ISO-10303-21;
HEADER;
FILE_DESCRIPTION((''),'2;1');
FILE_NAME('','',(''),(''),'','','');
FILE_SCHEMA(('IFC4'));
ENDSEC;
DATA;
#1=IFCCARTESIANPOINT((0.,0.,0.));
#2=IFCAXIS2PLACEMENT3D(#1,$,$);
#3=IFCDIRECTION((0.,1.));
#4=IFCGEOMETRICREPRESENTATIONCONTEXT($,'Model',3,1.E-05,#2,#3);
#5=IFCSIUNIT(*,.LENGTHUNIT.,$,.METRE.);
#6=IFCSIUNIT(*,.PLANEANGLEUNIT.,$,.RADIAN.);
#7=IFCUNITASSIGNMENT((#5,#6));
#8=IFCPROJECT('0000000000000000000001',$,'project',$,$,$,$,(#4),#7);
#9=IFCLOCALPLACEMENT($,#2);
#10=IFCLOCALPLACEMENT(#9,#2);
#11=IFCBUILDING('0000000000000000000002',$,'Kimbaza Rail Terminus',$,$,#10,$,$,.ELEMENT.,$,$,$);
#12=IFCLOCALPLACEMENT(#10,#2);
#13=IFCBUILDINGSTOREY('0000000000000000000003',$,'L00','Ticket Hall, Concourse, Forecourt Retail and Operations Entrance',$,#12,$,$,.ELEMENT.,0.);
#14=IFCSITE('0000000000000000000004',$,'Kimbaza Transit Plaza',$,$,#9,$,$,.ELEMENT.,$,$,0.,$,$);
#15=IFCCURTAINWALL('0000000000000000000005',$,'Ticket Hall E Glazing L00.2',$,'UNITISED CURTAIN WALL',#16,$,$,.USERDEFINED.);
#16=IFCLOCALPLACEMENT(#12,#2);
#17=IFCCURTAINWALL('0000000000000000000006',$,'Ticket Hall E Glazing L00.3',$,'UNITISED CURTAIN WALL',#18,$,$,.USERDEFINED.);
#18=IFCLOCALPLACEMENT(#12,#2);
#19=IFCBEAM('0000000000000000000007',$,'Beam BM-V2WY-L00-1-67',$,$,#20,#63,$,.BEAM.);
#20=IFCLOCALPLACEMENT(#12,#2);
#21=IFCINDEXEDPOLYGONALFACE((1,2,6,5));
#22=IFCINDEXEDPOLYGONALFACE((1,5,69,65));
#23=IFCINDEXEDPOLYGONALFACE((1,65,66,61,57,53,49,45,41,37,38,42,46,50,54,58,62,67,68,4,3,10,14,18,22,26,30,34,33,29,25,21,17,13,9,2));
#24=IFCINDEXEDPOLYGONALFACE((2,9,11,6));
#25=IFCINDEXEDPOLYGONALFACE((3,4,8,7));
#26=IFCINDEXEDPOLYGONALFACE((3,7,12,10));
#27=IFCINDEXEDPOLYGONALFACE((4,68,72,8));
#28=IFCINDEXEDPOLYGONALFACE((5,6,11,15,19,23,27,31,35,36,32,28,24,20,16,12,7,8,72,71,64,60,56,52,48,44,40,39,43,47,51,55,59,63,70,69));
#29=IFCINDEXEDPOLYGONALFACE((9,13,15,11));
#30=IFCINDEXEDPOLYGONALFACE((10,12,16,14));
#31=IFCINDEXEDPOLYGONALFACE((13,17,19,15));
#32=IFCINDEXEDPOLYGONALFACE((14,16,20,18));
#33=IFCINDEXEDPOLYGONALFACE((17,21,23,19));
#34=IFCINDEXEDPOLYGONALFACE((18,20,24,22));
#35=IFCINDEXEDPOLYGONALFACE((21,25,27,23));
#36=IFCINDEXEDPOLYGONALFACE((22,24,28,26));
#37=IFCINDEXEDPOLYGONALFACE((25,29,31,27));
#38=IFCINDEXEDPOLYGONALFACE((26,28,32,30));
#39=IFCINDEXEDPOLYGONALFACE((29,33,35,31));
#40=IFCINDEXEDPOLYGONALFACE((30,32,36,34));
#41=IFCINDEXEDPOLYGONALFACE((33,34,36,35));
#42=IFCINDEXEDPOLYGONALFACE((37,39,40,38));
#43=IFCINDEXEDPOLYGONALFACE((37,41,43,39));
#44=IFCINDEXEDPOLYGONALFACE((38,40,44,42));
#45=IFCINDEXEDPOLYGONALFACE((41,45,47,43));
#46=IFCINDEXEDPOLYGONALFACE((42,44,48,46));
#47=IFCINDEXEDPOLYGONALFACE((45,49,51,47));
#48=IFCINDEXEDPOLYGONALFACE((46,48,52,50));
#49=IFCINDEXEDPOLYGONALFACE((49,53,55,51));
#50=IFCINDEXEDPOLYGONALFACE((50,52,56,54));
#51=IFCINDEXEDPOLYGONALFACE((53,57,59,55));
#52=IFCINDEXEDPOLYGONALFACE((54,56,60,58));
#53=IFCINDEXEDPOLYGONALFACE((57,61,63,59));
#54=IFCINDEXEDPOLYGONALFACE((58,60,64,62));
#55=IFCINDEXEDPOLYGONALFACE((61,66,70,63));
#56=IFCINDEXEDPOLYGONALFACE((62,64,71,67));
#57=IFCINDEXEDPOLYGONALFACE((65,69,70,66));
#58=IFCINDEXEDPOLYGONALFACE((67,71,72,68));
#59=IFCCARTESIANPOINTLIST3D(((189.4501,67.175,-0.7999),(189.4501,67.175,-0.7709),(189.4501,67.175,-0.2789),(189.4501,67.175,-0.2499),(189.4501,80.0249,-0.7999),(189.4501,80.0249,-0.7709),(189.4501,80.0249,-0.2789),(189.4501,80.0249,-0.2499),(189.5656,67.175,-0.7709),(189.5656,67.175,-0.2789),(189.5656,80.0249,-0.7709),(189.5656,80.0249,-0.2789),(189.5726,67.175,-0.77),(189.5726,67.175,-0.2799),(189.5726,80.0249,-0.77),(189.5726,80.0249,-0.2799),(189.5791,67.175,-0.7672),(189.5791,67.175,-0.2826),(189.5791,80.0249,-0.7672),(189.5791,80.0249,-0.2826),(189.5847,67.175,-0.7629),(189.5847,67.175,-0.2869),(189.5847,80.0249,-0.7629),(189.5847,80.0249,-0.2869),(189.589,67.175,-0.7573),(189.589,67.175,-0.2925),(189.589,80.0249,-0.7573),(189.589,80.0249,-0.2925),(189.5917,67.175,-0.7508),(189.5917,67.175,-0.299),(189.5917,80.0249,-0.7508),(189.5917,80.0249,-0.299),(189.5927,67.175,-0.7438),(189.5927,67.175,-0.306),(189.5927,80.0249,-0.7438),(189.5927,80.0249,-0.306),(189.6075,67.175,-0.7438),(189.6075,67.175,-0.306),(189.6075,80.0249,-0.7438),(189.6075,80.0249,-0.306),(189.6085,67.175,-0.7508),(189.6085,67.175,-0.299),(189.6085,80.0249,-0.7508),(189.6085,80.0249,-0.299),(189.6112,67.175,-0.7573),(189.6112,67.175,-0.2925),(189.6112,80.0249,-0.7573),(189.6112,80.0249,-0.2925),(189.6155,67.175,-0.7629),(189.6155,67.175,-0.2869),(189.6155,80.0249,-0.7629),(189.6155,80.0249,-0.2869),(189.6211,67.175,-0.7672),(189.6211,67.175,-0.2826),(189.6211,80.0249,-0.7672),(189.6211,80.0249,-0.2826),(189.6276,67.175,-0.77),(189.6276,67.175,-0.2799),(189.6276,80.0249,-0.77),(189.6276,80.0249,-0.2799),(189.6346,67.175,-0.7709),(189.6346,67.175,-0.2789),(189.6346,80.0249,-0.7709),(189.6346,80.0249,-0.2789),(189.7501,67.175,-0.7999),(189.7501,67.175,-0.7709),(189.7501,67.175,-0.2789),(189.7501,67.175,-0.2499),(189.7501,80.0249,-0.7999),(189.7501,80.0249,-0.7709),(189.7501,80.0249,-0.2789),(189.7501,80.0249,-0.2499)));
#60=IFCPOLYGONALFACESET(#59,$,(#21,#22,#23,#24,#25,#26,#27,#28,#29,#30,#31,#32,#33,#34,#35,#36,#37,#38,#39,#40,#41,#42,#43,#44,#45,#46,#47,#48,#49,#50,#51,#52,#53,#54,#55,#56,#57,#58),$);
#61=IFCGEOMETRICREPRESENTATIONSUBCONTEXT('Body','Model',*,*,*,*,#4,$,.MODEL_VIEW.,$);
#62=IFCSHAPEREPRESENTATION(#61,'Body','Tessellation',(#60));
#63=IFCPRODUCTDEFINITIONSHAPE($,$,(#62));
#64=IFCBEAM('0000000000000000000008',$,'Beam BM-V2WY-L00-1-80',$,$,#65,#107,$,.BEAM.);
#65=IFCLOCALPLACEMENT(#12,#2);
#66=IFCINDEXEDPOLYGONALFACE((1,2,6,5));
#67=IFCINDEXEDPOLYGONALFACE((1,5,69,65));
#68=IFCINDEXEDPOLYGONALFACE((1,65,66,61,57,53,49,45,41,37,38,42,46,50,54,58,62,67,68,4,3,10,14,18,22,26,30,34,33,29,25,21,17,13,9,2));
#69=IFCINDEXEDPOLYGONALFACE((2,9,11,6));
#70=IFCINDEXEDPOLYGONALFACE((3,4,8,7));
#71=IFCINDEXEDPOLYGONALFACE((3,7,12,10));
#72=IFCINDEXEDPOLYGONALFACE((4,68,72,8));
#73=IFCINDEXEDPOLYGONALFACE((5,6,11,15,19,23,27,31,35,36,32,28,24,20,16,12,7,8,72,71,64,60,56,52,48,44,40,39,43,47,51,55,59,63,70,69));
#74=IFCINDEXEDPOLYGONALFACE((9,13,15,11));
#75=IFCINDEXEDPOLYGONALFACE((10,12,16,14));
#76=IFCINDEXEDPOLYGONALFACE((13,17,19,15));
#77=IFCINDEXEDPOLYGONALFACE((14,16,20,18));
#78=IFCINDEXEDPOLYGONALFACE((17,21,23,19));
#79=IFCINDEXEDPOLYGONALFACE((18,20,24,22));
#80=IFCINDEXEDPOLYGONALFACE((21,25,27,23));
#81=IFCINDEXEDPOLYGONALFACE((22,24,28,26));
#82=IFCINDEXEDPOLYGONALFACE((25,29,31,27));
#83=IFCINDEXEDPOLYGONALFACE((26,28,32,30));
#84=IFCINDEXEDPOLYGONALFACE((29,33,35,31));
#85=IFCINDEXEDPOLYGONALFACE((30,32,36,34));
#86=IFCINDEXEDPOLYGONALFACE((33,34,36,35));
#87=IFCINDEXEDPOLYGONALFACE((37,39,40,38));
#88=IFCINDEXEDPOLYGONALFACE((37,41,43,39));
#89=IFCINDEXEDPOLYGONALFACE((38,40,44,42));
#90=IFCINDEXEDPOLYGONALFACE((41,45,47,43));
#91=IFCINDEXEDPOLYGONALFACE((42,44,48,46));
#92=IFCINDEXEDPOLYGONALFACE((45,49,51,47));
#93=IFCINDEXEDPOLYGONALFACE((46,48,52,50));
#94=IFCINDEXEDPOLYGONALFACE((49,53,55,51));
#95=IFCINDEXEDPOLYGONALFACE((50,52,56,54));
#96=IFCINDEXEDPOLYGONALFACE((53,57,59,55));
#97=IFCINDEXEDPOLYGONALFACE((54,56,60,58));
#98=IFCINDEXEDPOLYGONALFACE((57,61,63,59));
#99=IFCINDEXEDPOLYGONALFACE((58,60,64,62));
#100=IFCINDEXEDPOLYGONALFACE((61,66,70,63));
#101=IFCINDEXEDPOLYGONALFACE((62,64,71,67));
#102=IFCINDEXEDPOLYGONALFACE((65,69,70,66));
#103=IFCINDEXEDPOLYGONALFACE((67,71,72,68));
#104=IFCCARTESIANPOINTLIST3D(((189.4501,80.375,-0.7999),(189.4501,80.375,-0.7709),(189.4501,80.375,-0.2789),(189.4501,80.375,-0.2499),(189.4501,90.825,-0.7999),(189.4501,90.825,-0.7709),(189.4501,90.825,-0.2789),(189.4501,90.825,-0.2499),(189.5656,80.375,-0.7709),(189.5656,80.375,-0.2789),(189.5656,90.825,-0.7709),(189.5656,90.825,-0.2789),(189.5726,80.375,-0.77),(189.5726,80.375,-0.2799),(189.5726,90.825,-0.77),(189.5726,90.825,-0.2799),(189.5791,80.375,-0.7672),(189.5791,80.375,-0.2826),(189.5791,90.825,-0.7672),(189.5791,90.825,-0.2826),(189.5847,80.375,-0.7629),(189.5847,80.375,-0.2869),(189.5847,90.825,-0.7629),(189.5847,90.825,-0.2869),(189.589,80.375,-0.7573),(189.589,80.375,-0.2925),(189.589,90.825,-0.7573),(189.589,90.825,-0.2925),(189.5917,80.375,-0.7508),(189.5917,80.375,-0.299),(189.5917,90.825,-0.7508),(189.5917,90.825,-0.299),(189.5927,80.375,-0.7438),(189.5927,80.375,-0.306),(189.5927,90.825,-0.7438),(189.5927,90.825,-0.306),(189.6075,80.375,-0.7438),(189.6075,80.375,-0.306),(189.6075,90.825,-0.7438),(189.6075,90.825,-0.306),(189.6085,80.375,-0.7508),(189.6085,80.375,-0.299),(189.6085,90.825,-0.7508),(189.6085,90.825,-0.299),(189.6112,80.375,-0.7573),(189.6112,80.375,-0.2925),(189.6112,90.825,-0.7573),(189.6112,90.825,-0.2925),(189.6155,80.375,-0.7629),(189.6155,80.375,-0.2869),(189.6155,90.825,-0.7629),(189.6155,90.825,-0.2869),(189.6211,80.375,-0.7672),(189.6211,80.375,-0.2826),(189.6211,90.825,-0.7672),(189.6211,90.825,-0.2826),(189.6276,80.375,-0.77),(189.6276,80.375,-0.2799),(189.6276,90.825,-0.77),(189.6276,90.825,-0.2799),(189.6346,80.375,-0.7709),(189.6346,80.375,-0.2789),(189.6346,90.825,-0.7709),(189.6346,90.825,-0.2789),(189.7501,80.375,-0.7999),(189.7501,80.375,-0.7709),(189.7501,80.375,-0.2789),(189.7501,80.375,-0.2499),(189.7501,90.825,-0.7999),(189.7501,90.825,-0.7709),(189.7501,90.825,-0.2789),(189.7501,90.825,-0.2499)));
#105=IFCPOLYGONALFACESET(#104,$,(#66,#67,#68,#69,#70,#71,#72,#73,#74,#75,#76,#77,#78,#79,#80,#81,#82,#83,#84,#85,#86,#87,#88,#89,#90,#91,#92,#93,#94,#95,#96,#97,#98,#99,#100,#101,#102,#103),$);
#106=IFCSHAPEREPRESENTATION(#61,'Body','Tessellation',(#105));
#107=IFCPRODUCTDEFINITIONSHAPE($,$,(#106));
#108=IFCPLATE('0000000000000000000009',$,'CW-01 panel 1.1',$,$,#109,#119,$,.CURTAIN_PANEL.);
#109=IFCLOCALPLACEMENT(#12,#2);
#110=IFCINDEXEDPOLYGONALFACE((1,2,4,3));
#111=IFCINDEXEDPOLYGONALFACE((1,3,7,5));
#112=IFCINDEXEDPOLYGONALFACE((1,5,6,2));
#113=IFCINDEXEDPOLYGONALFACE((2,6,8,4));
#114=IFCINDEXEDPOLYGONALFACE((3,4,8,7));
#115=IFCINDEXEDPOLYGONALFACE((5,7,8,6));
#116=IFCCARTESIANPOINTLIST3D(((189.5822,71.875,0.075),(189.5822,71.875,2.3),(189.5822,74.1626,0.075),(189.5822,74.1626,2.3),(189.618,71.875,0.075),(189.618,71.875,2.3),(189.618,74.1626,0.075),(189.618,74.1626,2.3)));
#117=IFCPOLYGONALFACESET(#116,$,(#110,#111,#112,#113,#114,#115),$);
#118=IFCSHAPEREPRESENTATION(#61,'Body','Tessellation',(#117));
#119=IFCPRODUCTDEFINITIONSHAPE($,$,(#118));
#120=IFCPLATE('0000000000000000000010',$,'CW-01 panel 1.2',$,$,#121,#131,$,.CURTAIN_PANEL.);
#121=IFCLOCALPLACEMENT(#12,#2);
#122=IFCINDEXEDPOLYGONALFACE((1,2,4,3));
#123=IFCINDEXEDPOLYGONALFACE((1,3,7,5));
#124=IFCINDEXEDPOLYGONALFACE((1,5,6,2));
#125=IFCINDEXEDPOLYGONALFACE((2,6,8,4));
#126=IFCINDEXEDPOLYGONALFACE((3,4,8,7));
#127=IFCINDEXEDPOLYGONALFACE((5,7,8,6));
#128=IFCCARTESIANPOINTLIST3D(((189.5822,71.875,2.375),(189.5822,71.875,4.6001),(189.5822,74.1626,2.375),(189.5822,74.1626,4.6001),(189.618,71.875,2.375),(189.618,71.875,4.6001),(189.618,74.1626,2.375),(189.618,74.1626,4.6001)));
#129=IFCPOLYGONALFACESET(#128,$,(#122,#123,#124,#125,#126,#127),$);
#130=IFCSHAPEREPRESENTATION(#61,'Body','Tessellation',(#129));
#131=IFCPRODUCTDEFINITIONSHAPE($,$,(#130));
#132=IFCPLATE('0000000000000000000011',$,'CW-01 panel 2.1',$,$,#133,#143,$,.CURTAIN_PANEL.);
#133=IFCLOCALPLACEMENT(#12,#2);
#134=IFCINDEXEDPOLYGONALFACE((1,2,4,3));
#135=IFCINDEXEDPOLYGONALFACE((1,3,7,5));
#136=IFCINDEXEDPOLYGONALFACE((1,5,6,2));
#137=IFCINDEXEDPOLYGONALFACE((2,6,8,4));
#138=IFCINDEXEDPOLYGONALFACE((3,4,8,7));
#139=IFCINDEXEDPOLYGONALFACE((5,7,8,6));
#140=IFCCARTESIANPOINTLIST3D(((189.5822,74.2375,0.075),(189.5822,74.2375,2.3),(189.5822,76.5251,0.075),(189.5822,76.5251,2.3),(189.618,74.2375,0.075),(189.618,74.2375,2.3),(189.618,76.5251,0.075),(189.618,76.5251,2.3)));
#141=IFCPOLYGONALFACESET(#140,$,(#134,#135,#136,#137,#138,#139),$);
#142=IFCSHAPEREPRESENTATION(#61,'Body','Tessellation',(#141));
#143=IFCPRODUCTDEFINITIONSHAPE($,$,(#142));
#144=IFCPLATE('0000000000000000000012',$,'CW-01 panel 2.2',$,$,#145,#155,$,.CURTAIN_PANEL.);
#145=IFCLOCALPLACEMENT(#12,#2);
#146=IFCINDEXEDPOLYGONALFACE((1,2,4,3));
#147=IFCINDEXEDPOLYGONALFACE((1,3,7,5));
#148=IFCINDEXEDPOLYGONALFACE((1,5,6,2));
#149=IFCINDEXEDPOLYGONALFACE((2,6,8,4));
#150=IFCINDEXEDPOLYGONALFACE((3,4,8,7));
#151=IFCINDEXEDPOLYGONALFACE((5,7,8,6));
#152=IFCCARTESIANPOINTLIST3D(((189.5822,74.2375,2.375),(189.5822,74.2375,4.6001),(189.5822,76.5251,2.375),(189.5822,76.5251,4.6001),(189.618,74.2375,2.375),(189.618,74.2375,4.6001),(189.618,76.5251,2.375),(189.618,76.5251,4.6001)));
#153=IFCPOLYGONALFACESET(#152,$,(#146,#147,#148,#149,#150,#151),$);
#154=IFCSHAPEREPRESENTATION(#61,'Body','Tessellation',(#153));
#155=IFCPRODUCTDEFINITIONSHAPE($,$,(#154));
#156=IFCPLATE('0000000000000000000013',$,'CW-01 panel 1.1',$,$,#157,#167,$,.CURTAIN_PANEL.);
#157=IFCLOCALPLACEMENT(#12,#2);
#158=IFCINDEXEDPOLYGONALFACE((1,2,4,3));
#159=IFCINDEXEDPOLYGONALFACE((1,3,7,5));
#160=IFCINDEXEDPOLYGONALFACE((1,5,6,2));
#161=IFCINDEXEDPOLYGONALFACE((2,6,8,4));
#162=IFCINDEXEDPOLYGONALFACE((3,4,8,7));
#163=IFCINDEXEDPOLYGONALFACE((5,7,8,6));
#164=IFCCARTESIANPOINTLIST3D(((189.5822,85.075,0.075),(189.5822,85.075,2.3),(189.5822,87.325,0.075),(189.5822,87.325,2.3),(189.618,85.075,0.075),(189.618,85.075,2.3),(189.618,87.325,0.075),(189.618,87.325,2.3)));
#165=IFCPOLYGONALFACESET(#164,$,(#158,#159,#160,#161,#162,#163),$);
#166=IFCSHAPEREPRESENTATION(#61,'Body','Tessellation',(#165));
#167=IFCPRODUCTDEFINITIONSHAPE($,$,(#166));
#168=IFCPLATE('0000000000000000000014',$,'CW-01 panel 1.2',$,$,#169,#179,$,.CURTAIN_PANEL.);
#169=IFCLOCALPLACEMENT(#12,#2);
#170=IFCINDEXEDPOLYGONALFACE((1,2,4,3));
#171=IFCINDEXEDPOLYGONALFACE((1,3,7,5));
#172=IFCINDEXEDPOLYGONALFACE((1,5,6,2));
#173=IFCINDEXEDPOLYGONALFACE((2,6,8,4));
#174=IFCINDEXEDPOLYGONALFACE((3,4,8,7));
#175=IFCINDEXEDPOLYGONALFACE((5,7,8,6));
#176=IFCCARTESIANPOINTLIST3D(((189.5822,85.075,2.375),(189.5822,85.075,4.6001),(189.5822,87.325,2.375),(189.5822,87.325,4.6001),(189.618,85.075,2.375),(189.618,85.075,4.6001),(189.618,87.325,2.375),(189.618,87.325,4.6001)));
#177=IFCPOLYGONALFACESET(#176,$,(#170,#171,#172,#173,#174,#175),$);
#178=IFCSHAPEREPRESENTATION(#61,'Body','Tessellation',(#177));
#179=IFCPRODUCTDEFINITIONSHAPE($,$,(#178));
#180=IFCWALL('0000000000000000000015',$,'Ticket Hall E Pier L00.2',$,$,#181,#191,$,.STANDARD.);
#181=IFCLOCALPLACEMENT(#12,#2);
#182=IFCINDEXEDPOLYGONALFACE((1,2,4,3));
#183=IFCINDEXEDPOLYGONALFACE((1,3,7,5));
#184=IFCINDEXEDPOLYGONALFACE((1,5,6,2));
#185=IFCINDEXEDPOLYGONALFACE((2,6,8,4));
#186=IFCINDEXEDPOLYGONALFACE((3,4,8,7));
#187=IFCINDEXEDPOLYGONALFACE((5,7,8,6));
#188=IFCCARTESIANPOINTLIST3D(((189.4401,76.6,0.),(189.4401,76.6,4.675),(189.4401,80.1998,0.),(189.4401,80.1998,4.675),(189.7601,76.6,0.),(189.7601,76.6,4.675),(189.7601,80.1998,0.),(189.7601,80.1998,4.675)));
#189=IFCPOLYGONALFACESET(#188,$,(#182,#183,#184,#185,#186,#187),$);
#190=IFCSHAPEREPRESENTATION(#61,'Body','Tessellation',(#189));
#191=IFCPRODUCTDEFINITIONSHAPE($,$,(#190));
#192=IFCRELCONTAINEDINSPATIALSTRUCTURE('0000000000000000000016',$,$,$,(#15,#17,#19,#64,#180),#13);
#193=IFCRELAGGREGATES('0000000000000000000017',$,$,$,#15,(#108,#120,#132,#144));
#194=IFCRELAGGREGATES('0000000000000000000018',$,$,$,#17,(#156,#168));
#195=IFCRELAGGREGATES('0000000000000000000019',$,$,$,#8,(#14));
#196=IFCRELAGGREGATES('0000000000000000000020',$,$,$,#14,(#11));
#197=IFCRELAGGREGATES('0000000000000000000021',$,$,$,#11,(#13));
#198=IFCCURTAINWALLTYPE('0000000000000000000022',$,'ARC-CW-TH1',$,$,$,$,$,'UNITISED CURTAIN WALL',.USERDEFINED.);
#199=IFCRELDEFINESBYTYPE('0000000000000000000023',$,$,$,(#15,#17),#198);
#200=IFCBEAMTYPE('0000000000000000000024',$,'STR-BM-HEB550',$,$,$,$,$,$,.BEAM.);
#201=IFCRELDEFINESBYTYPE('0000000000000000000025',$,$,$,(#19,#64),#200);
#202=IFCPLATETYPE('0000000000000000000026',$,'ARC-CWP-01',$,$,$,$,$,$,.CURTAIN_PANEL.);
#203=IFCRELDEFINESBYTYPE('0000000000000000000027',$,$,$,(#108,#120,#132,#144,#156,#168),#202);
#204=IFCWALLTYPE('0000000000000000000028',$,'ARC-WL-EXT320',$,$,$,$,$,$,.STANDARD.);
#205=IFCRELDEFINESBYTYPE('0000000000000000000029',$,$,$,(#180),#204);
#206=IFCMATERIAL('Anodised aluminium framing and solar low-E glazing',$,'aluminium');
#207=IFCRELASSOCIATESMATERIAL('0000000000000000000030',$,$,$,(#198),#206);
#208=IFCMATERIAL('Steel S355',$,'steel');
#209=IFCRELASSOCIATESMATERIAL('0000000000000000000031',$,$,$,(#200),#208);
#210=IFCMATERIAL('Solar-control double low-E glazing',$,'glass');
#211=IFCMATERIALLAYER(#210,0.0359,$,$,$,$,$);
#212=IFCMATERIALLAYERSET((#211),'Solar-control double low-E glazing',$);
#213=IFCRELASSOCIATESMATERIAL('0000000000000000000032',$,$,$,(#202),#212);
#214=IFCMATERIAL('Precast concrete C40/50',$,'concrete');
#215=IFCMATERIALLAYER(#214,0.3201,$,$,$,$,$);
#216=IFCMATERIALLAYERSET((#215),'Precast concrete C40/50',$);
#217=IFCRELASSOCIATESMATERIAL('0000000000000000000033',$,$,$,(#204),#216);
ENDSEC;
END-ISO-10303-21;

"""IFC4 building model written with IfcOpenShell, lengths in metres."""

from ifc_helpers import new_model, si_unit, direction, frame, frame_2d, origin, origin_2d, place, context, subcontext, project, spatial, rectangle, i_section, extrude, material, layer, layer_set, material_profile, profile_set, type_object, element, aggregate, save


model = new_model("IFC4")

# Units and contexts
model_context = context("Model", 3, precision=1e-05, world=origin(), true_north=direction((0.0, 1.0)))
body_context = subcontext(model_context, "Body", "Model", "MODEL_VIEW")
ifc_project = project(units=[si_unit("LENGTHUNIT", "METRE"), si_unit("PLANEANGLEUNIT", "RADIAN")], contexts=[model_context])

# Site, building, storey
site_placement = place(None, origin())
site = spatial("IfcSite", under=ifc_project, at=site_placement, Name="Kimbaza Transit Plaza", CompositionType="ELEMENT", RefElevation=0.0)
building_placement = place(site_placement, origin())
building = spatial("IfcBuilding", under=site, at=building_placement, Name="Kimbaza Rail Terminus", CompositionType="ELEMENT")
storey_placement = place(building_placement, origin())
storey = spatial("IfcBuildingStorey", under=building, at=storey_placement, Name="L00", Description="Ticket Hall, Concourse, Forecourt Retail and Operations Entrance", CompositionType="ELEMENT", Elevation=0.0)

# Curtain walls
ifc_material_1 = material(Name="Anodised aluminium framing and solar low-E glazing", Category="aluminium")
curtain_wall_type = type_object("IfcCurtainWallType", Name="ARC-CW-TH1", ElementType="UNITISED CURTAIN WALL", PredefinedType="USERDEFINED", material=ifc_material_1)
curtain_wall_1_placement = place(storey_placement, origin())
curtain_wall_1 = element("IfcCurtainWall", 1, at=curtain_wall_1_placement, inside=storey, type_object=curtain_wall_type, Name="Ticket Hall E Glazing L00.2", ObjectType="UNITISED CURTAIN WALL", PredefinedType="USERDEFINED")
curtain_wall_2_placement = place(storey_placement, origin())
curtain_wall_2 = element("IfcCurtainWall", 2, at=curtain_wall_2_placement, inside=storey, type_object=curtain_wall_type, Name="Ticket Hall E Glazing L00.3", ObjectType="UNITISED CURTAIN WALL", PredefinedType="USERDEFINED")

# Beams
ifc_material_2 = material(Name="Steel S355", Category="steel")
ifc_material_profile_1 = material_profile(ifc_material_2, i_section(OverallWidth=0.3, OverallDepth=0.55, WebThickness=0.0149, FlangeThickness=0.0291, FilletRadius=0.0271, at=origin_2d()), Name="HEB 550")
ifc_profile_set_1 = profile_set([ifc_material_profile_1], Name="Steel S355")
beam_type = type_object("IfcBeamType", Name="STR-BM-HEB550", PredefinedType="BEAM", material=ifc_profile_set_1)
beam_1_placement = place(storey_placement, frame((189.6001, 67.175, -0.5249), z_axis=(0.0, 1.0, 0.0), x_axis=(-1.0, 0.0, 0.0)))
element("IfcBeam", 3, at=beam_1_placement, inside=storey, type_object=beam_type, Name="Beam BM-V2WY-L00-1-67", PredefinedType="BEAM", context=body_context, shape_type="SweptSolid", body=[
    extrude(i_section(OverallWidth=0.3, OverallDepth=0.55, WebThickness=0.0149, FlangeThickness=0.0291, FilletRadius=0.0271, at=origin_2d()), origin(), (0.0, 0.0, 1.0), 12.8499),
])
beam_2_placement = place(storey_placement, frame((189.6001, 80.375, -0.5249), z_axis=(0.0, 1.0, 0.0), x_axis=(-1.0, 0.0, 0.0)))
element("IfcBeam", 4, at=beam_2_placement, inside=storey, type_object=beam_type, Name="Beam BM-V2WY-L00-1-80", PredefinedType="BEAM", context=body_context, shape_type="SweptSolid", body=[
    extrude(i_section(OverallWidth=0.3, OverallDepth=0.55, WebThickness=0.0149, FlangeThickness=0.0291, FilletRadius=0.0271, at=origin_2d()), origin(), (0.0, 0.0, 1.0), 10.45),
])

# Plates
ifc_material_3 = material(Name="Solar-control double low-E glazing", Category="glass")
ifc_layer_1 = layer(ifc_material_3, 0.0359)
ifc_layer_set_1 = layer_set([ifc_layer_1], Name="Solar-control double low-E glazing")
plate_type = type_object("IfcPlateType", Name="ARC-CWP-01", PredefinedType="CURTAIN_PANEL", material=ifc_layer_set_1)
plate_1_placement = place(storey_placement, frame((189.6001, 73.0188, 0.075), z_axis=(0.0, 0.0, 1.0), x_axis=(0.0, 1.0, 0.0)))
plate_1 = element("IfcPlate", 5, at=plate_1_placement, type_object=plate_type, Name="CW-01 panel 1.1", PredefinedType="CURTAIN_PANEL", context=body_context, shape_type="SweptSolid", body=[
    extrude(rectangle(XDim=2.2876, YDim=0.0359, at=origin_2d()), origin(), (0.0, 0.0, 1.0), 2.2251),
])
plate_2_placement = place(storey_placement, frame((189.6001, 73.0188, 2.375), z_axis=(0.0, 0.0, 1.0), x_axis=(0.0, 1.0, 0.0)))
plate_2 = element("IfcPlate", 6, at=plate_2_placement, type_object=plate_type, Name="CW-01 panel 1.2", PredefinedType="CURTAIN_PANEL", context=body_context, shape_type="SweptSolid", body=[
    extrude(rectangle(XDim=2.2876, YDim=0.0359, at=origin_2d()), origin(), (0.0, 0.0, 1.0), 2.2251),
])
plate_3_placement = place(storey_placement, frame((189.6001, 75.3813, 0.075), z_axis=(0.0, 0.0, 1.0), x_axis=(0.0, 1.0, 0.0)))
plate_3 = element("IfcPlate", 7, at=plate_3_placement, type_object=plate_type, Name="CW-01 panel 2.1", PredefinedType="CURTAIN_PANEL", context=body_context, shape_type="SweptSolid", body=[
    extrude(rectangle(XDim=2.2876, YDim=0.0359, at=origin_2d()), origin(), (0.0, 0.0, 1.0), 2.2251),
])
plate_4_placement = place(storey_placement, frame((189.6001, 75.3813, 2.375), z_axis=(0.0, 0.0, 1.0), x_axis=(0.0, 1.0, 0.0)))
plate_4 = element("IfcPlate", 8, at=plate_4_placement, type_object=plate_type, Name="CW-01 panel 2.2", PredefinedType="CURTAIN_PANEL", context=body_context, shape_type="SweptSolid", body=[
    extrude(rectangle(XDim=2.2876, YDim=0.0359, at=origin_2d()), origin(), (0.0, 0.0, 1.0), 2.2251),
])
aggregate(curtain_wall_1, [plate_1, plate_2, plate_3, plate_4])
plate_5_placement = place(storey_placement, frame((189.6001, 86.2, 0.075), z_axis=(0.0, 0.0, 1.0), x_axis=(0.0, 1.0, 0.0)))
plate_5 = element("IfcPlate", 9, at=plate_5_placement, type_object=plate_type, Name="CW-01 panel 1.1", PredefinedType="CURTAIN_PANEL", context=body_context, shape_type="SweptSolid", body=[
    extrude(rectangle(XDim=2.25, YDim=0.0359, at=origin_2d()), origin(), (0.0, 0.0, 1.0), 2.2251),
])
plate_6_placement = place(storey_placement, frame((189.6001, 86.2, 2.375), z_axis=(0.0, 0.0, 1.0), x_axis=(0.0, 1.0, 0.0)))
plate_6 = element("IfcPlate", 10, at=plate_6_placement, type_object=plate_type, Name="CW-01 panel 1.2", PredefinedType="CURTAIN_PANEL", context=body_context, shape_type="SweptSolid", body=[
    extrude(rectangle(XDim=2.25, YDim=0.0359, at=origin_2d()), origin(), (0.0, 0.0, 1.0), 2.2251),
])
aggregate(curtain_wall_2, [plate_5, plate_6])

# Wall
ifc_material_4 = material(Name="Precast concrete C40/50", Category="concrete")
ifc_layer_2 = layer(ifc_material_4, 0.3201)
ifc_layer_set_2 = layer_set([ifc_layer_2], Name="Precast concrete C40/50")
wall_type = type_object("IfcWallType", Name="ARC-WL-EXT320", PredefinedType="STANDARD", material=ifc_layer_set_2)
wall_1_placement = place(storey_placement, frame((189.6001, 76.6001, 0.0), z_axis=(0.0, 0.0, 1.0), x_axis=(0.0, 1.0, 0.0)))
element("IfcWall", 11, at=wall_1_placement, inside=storey, type_object=wall_type, Name="Ticket Hall E Pier L00.2", PredefinedType="STANDARD", context=body_context, shape_type="SweptSolid", body=[
    extrude(rectangle(XDim=3.5999, YDim=0.3201, at=frame_2d((1.7998, 0.0))), origin(), (0.0, 0.0, 1.0), 4.675),
])

save(model, "model.ifc")
